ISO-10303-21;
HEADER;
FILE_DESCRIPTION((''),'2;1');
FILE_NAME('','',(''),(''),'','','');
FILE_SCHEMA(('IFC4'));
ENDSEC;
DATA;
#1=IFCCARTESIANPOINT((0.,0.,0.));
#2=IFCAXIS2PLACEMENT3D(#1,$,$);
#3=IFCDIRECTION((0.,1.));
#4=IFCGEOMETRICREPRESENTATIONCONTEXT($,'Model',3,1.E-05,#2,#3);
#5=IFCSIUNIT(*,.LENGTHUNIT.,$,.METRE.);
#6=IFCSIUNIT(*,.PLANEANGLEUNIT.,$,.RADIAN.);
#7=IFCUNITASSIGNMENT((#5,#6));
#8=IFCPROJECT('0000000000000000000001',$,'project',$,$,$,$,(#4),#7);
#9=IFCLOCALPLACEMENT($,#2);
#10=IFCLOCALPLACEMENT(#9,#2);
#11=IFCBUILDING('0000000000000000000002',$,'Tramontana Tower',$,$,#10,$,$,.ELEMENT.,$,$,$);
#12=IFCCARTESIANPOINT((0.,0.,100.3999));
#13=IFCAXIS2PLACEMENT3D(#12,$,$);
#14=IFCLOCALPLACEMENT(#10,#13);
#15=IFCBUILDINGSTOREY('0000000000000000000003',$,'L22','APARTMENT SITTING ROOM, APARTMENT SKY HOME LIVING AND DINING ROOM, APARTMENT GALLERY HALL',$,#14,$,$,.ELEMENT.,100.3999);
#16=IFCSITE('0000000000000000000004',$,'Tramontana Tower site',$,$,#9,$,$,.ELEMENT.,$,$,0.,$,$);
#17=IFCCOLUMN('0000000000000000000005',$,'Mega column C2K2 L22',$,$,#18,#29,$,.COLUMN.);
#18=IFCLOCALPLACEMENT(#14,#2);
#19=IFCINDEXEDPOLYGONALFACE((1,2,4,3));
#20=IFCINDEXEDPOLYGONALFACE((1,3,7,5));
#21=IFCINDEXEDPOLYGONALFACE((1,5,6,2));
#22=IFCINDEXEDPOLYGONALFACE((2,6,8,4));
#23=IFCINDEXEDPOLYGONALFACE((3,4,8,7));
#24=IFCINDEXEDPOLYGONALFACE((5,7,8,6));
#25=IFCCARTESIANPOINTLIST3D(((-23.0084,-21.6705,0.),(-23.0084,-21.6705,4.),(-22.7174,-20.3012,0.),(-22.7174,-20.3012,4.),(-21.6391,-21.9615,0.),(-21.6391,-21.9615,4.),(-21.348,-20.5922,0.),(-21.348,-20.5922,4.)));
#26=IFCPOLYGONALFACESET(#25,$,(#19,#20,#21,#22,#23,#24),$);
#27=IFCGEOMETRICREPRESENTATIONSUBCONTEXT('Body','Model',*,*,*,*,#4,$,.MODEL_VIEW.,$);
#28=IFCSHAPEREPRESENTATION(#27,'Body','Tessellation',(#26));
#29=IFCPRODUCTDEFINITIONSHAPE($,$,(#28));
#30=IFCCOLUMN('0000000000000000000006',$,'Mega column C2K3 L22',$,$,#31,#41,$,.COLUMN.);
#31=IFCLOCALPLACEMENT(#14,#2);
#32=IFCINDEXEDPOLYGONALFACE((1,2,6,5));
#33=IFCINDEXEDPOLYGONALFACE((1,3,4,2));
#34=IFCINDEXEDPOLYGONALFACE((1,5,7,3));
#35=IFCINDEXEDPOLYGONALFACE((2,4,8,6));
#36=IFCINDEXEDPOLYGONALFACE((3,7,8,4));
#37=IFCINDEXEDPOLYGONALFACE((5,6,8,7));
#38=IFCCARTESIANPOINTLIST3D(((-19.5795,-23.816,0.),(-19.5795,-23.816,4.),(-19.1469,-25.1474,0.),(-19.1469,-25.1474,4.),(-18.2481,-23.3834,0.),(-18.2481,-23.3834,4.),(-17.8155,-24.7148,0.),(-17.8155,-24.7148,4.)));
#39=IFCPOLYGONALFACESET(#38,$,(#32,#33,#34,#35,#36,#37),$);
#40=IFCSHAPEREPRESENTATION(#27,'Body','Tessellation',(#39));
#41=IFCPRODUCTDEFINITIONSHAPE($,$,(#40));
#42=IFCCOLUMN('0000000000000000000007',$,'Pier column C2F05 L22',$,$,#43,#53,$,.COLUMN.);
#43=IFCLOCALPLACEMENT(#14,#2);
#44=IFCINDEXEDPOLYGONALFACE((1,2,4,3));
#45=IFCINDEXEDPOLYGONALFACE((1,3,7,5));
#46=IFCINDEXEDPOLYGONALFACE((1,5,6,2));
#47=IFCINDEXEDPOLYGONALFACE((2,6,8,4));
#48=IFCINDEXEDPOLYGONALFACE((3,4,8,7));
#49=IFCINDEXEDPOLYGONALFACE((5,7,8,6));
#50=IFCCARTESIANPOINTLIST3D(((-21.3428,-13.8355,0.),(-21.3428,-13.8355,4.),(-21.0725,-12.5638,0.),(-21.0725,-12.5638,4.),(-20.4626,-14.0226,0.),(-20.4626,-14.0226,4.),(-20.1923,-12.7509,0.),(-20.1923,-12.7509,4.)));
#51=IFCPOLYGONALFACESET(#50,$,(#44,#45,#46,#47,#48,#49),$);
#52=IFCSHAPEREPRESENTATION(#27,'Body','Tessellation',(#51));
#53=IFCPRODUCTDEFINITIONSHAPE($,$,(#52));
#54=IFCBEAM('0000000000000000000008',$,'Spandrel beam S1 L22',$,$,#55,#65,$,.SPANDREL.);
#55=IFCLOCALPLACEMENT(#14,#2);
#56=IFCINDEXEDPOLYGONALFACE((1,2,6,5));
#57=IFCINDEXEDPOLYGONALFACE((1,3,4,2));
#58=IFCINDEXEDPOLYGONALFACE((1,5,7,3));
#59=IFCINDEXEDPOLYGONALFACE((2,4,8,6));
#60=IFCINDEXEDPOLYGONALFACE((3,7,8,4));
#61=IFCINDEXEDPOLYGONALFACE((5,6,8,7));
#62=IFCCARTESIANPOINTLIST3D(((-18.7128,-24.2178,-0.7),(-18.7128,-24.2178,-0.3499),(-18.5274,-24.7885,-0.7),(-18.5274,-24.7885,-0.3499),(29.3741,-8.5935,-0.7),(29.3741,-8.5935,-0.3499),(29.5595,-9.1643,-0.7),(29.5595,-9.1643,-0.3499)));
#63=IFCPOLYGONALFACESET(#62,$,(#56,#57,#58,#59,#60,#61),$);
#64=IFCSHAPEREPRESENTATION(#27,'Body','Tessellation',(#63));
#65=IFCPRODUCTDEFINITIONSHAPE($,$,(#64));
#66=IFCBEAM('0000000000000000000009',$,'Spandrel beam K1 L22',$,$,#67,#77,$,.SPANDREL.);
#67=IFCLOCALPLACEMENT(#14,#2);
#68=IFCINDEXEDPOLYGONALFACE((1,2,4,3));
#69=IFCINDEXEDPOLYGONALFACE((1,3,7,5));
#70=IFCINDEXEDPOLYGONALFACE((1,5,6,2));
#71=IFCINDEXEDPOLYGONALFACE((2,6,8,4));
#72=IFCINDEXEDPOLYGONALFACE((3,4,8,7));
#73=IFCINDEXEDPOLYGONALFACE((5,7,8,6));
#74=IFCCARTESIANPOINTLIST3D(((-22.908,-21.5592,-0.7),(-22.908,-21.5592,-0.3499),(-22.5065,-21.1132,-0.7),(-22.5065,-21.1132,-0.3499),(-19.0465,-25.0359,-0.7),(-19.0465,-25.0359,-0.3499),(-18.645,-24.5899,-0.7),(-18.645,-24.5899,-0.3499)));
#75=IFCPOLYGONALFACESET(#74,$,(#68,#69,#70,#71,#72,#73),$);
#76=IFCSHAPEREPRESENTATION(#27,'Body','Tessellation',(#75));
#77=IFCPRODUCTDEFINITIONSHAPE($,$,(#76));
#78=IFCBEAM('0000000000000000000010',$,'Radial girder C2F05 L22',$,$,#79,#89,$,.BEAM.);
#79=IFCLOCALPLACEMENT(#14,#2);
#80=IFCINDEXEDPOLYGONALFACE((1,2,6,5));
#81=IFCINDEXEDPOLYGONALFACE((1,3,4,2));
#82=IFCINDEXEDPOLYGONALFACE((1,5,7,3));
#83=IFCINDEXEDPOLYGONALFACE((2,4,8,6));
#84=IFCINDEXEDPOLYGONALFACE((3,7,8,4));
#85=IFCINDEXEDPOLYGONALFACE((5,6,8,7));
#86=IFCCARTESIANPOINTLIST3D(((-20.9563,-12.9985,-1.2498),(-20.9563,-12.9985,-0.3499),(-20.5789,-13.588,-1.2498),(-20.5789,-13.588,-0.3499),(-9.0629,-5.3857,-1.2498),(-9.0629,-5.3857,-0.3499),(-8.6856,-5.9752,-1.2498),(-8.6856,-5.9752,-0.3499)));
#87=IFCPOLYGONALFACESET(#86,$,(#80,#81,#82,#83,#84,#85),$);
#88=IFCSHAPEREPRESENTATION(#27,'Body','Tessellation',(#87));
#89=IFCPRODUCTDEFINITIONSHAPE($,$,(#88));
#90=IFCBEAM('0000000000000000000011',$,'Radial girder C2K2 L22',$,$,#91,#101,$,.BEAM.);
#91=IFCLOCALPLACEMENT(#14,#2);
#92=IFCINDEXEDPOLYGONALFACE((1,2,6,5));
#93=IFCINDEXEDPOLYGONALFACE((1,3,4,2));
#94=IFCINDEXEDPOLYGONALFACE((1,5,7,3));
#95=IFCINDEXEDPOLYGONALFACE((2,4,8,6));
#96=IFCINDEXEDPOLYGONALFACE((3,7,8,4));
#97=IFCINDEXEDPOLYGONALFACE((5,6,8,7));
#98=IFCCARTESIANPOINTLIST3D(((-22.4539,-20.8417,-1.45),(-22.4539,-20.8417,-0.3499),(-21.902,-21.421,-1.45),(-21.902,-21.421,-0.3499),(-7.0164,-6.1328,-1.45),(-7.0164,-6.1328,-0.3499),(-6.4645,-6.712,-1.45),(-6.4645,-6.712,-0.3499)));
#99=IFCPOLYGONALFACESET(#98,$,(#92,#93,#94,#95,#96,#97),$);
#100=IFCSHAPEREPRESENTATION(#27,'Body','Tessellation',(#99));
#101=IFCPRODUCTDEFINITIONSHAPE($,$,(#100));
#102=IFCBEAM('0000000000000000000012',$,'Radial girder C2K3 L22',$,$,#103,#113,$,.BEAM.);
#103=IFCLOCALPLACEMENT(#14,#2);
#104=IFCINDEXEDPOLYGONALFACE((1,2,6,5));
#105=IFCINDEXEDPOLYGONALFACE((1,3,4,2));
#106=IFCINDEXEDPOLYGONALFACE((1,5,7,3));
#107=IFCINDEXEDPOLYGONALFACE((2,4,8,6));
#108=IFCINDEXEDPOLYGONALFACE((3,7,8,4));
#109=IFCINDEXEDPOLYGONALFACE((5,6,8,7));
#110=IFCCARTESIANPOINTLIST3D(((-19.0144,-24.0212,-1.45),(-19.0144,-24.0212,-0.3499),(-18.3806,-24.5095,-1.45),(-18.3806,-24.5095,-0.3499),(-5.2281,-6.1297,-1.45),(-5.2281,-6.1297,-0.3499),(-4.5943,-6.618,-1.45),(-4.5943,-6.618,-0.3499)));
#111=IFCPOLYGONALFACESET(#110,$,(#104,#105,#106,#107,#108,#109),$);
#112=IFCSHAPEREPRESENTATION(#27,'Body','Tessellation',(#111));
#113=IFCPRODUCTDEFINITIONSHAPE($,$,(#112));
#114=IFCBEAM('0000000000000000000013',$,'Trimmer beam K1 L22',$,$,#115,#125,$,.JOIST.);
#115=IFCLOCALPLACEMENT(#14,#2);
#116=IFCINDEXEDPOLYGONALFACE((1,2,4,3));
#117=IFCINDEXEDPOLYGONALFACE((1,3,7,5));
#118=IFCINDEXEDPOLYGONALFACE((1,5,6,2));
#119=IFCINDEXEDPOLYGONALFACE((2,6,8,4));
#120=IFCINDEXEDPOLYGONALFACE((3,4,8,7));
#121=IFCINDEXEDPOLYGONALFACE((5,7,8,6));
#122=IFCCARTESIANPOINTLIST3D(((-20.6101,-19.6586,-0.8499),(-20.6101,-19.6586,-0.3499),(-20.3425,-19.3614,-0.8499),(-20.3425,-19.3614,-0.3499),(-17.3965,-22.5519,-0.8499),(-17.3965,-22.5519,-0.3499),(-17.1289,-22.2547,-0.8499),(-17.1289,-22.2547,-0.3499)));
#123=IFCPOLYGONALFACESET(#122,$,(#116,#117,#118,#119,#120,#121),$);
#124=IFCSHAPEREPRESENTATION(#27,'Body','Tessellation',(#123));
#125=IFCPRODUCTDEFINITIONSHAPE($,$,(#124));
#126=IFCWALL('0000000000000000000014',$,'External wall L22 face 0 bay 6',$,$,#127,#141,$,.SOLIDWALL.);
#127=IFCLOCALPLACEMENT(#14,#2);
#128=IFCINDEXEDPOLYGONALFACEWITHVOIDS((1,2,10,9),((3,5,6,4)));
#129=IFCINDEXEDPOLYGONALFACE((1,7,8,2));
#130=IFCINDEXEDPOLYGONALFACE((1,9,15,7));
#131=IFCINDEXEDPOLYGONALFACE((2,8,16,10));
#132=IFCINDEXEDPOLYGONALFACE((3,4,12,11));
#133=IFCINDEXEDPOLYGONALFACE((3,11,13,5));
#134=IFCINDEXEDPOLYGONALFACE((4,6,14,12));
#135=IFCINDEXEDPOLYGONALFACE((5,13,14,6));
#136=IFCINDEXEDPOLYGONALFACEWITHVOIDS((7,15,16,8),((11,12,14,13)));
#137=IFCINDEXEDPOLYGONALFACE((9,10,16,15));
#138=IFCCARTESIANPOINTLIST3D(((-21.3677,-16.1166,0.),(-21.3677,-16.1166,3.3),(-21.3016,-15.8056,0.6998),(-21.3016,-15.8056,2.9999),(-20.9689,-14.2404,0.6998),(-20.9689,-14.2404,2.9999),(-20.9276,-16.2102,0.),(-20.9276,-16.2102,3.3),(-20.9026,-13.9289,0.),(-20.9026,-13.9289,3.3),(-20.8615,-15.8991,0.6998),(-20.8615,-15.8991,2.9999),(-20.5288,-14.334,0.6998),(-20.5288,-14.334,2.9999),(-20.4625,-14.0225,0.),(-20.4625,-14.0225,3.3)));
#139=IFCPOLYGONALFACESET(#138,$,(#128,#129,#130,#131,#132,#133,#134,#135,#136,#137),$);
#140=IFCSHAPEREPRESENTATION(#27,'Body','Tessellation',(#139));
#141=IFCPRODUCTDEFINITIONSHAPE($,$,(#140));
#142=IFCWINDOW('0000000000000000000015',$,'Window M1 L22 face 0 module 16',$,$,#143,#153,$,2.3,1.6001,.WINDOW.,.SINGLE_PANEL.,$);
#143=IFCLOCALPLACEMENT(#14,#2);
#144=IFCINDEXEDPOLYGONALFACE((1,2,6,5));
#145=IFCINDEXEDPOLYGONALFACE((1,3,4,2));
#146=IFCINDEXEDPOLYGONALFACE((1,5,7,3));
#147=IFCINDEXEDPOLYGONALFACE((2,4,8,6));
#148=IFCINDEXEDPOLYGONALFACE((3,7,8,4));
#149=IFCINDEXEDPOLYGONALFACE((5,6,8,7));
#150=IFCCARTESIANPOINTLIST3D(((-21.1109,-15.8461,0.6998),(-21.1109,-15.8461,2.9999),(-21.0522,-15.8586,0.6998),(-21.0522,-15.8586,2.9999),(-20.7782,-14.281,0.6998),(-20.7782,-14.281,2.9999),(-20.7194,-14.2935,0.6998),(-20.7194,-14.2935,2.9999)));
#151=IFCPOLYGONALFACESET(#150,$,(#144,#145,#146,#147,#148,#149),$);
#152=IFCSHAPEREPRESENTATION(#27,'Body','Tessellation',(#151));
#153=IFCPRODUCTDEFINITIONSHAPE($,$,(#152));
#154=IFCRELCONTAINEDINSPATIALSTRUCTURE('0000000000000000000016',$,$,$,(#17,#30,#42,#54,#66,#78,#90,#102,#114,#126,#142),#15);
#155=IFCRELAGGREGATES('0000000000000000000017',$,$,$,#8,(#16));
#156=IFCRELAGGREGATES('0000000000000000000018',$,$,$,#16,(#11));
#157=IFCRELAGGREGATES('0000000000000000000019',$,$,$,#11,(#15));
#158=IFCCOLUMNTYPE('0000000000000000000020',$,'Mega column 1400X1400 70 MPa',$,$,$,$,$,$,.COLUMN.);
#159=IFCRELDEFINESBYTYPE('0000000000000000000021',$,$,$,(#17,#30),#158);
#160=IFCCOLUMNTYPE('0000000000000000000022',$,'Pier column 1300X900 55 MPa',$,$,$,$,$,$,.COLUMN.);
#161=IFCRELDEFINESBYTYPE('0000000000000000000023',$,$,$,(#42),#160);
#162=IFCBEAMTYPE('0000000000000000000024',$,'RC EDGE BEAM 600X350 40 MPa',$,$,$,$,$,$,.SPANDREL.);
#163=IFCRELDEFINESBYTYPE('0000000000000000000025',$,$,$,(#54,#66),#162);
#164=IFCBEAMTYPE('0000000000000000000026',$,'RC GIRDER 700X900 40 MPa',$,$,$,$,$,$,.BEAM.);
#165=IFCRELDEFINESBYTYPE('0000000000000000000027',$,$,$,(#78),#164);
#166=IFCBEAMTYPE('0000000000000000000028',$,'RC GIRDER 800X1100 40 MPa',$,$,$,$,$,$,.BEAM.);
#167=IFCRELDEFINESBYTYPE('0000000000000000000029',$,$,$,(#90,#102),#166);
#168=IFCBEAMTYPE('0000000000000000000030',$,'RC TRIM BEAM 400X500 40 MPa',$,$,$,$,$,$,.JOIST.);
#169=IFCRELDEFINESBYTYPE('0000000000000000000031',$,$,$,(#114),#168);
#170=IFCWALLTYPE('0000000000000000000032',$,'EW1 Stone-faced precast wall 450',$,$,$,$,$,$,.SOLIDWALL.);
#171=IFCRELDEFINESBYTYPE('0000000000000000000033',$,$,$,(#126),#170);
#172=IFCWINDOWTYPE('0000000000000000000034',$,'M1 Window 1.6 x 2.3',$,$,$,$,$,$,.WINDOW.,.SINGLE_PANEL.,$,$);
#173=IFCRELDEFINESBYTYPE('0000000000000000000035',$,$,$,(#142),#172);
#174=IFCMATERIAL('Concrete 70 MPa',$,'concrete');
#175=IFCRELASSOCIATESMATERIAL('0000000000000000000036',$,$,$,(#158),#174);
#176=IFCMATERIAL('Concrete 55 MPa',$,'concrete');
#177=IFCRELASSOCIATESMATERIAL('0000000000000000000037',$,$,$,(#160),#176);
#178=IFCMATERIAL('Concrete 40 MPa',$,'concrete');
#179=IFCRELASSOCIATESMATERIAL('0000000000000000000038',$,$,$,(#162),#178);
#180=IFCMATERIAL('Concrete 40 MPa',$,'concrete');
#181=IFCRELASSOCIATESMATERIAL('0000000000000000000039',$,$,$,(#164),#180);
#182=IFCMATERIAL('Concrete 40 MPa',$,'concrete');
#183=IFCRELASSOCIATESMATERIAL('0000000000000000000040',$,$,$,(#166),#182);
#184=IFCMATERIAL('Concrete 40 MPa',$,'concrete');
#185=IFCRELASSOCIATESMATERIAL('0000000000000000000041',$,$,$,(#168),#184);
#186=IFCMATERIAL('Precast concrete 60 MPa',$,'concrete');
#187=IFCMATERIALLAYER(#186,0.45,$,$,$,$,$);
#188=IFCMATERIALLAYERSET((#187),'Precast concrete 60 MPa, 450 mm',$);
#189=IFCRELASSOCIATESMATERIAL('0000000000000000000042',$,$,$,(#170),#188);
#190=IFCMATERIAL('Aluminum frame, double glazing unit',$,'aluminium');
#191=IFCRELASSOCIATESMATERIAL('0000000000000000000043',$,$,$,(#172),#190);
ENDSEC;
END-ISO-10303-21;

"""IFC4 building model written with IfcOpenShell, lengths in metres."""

from ifc_helpers import new_model, si_unit, direction, frame, frame_2d, origin, origin_2d, place, context, subcontext, project, spatial, rectangle, extrude, material, layer, layer_set, material_profile, profile_set, type_object, element, fill, save


model = new_model("IFC4")

# Units and contexts
model_context = context("Model", 3, precision=1e-05, world=origin(), true_north=direction((0.0, 1.0)))
body_context = subcontext(model_context, "Body", "Model", "MODEL_VIEW")
ifc_project = project(units=[si_unit("LENGTHUNIT", "METRE"), si_unit("PLANEANGLEUNIT", "RADIAN")], contexts=[model_context])

# Site, building, storey
site_placement = place(None, origin())
site = spatial("IfcSite", under=ifc_project, at=site_placement, Name="Tramontana Tower site", CompositionType="ELEMENT", RefElevation=0.0)
building_placement = place(site_placement, origin())
building = spatial("IfcBuilding", under=site, at=building_placement, Name="Tramontana Tower", CompositionType="ELEMENT")
storey_placement = place(building_placement, frame((0.0, 0.0, 100.3999)))
storey = spatial("IfcBuildingStorey", under=building, at=storey_placement, Name="L22", Description="APARTMENT SITTING ROOM, APARTMENT SKY HOME LIVING AND DINING ROOM, APARTMENT GALLERY HALL", CompositionType="ELEMENT", Elevation=100.3999)

# Columns
ifc_material_1 = material(Name="Concrete 70 MPa", Category="concrete")
ifc_material_profile_1 = material_profile(ifc_material_1, rectangle(XDim=1.3999, YDim=1.3999, at=origin_2d()), Name="Mega column 1400X1400 70 MPa")
ifc_profile_set_1 = profile_set([ifc_material_profile_1], Name="Concrete 70 MPa")
column_type_1 = type_object("IfcColumnType", Name="Mega column 1400X1400 70 MPa", PredefinedType="COLUMN", material=ifc_profile_set_1)
for number, where, z_axis, x_axis, name in (
    (1, (-22.1782, -21.1313, 0.0), (0.0, 0.0, 1.0), (-0.207912, -0.978148, 0.0), "Mega column C2K2 L22"),
    (2, (-18.6975, -24.2654, 0.0), (0.0, 0.0, 1.0), (0.951057, 0.309017, 0.0), "Mega column C2K3 L22"),
):
    element("IfcColumn", number, at=place(storey_placement, frame(where, z_axis=z_axis, x_axis=x_axis)), inside=storey, type_object=column_type_1, Name=name, PredefinedType="COLUMN", context=body_context, shape_type="SweptSolid", body=[
        extrude(rectangle(XDim=1.3999, YDim=1.3999, at=origin_2d()), origin(), (0.0, 0.0, 1.0), 4.0),
    ])
ifc_material_2 = material(Name="Concrete 55 MPa", Category="concrete")
ifc_material_profile_2 = material_profile(ifc_material_2, rectangle(XDim=1.3, YDim=0.8999, at=origin_2d()), Name="Pier column 1300X900 55 MPa")
ifc_profile_set_2 = profile_set([ifc_material_profile_2], Name="Concrete 55 MPa")
column_type_2 = type_object("IfcColumnType", Name="Pier column 1300X900 55 MPa", PredefinedType="COLUMN", material=ifc_profile_set_2)
column_placement = place(storey_placement, frame((-20.7676, -13.2932, 0.0), z_axis=(0.0, 0.0, 1.0), x_axis=(-0.207912, -0.978148, 0.0)))
element("IfcColumn", 3, at=column_placement, inside=storey, type_object=column_type_2, Name="Pier column C2F05 L22", PredefinedType="COLUMN", context=body_context, shape_type="SweptSolid", body=[
    extrude(rectangle(XDim=1.3, YDim=0.8999, at=origin_2d()), origin(), (0.0, 0.0, 1.0), 4.0),
])

# Beams
ifc_material_3 = material(Name="Concrete 40 MPa", Category="concrete")
ifc_material_profile_3 = material_profile(ifc_material_3, rectangle(XDim=0.6001, YDim=0.3501, at=origin_2d()), Name="RC EDGE BEAM 600X350 40 MPa")
ifc_profile_set_3 = profile_set([ifc_material_profile_3], Name="Concrete 40 MPa")
beam_type_1 = type_object("IfcBeamType", Name="RC EDGE BEAM 600X350 40 MPa", PredefinedType="SPANDREL", material=ifc_profile_set_3)
beam_1_placement = place(storey_placement, frame((-18.6201, -24.5032, -0.5249), z_axis=(0.951057, 0.309015, 0.0), x_axis=(-0.309015, 0.951057, 0.0)))
element("IfcBeam", 4, at=beam_1_placement, inside=storey, type_object=beam_type_1, Name="Spandrel beam S1 L22", PredefinedType="SPANDREL", context=body_context, shape_type="SweptSolid", body=[
    extrude(rectangle(XDim=0.6001, YDim=0.3501, at=origin_2d()), origin(), (0.0, 0.0, 1.0), 50.5615),
])
beam_2_placement = place(storey_placement, frame((-22.7073, -21.3362, -0.5249), z_axis=(0.743161, -0.669113, 0.0), x_axis=(0.669113, 0.743161, 0.0)))
element("IfcBeam", 5, at=beam_2_placement, inside=storey, type_object=beam_type_1, Name="Spandrel beam K1 L22", PredefinedType="SPANDREL", context=body_context, shape_type="SweptSolid", body=[
    extrude(rectangle(XDim=0.6001, YDim=0.3501, at=origin_2d()), origin(), (0.0, 0.0, 1.0), 5.196),
])
ifc_material_4 = material(Name="Concrete 40 MPa", Category="concrete")
ifc_material_profile_4 = material_profile(ifc_material_4, rectangle(XDim=0.7, YDim=0.8999, at=origin_2d()), Name="RC GIRDER 700X900 40 MPa")
ifc_profile_set_4 = profile_set([ifc_material_profile_4], Name="Concrete 40 MPa")
beam_type_2 = type_object("IfcBeamType", Name="RC GIRDER 700X900 40 MPa", PredefinedType="BEAM", material=ifc_profile_set_4)
beam_3_placement = place(storey_placement, frame((-20.7676, -13.2932, -0.7998), z_axis=(0.842237, 0.539108, 0.0), x_axis=(-0.539108, 0.842237, 0.0)))
element("IfcBeam", 6, at=beam_3_placement, inside=storey, type_object=beam_type_2, Name="Radial girder C2F05 L22", PredefinedType="BEAM", context=body_context, shape_type="SweptSolid", body=[
    extrude(rectangle(XDim=0.7, YDim=0.8999, at=origin_2d()), origin(), (0.0, 0.0, 1.0), 14.1211),
])
ifc_material_5 = material(Name="Concrete 40 MPa", Category="concrete")
ifc_material_profile_5 = material_profile(ifc_material_5, rectangle(XDim=0.8, YDim=1.1001, at=origin_2d()), Name="RC GIRDER 800X1100 40 MPa")
ifc_profile_set_5 = profile_set([ifc_material_profile_5], Name="Concrete 40 MPa")
beam_type_3 = type_object("IfcBeamType", Name="RC GIRDER 800X1100 40 MPa", PredefinedType="BEAM", material=ifc_profile_set_5)
beam_4_placement = place(storey_placement, frame((-22.178, -21.1313, -0.8999), z_axis=(0.723983, 0.689818, 0.0), x_axis=(-0.689818, 0.723983, 0.0)))
element("IfcBeam", 7, at=beam_4_placement, inside=storey, type_object=beam_type_3, Name="Radial girder C2K2 L22", PredefinedType="BEAM", context=body_context, shape_type="SweptSolid", body=[
    extrude(rectangle(XDim=0.8, YDim=1.1001, at=origin_2d()), origin(), (0.0, 0.0, 1.0), 21.323),
])
beam_5_placement = place(storey_placement, frame((-18.6975, -24.2654, -0.8999), z_axis=(0.610367, 0.792119, 0.0), x_axis=(-0.792119, 0.610367, 0.0)))
element("IfcBeam", 8, at=beam_5_placement, inside=storey, type_object=beam_type_3, Name="Radial girder C2K3 L22", PredefinedType="BEAM", context=body_context, shape_type="SweptSolid", body=[
    extrude(rectangle(XDim=0.8, YDim=1.1001, at=origin_2d()), origin(), (0.0, 0.0, 1.0), 22.5869),
])
ifc_material_6 = material(Name="Concrete 40 MPa", Category="concrete")
ifc_material_profile_6 = material_profile(ifc_material_6, rectangle(XDim=0.3999, YDim=0.5, at=origin_2d()), Name="RC TRIM BEAM 400X500 40 MPa")
ifc_profile_set_6 = profile_set([ifc_material_profile_6], Name="Concrete 40 MPa")
beam_type_4 = type_object("IfcBeamType", Name="RC TRIM BEAM 400X500 40 MPa", PredefinedType="JOIST", material=ifc_profile_set_6)
beam_6_placement = place(storey_placement, frame((-20.4763, -19.51, -0.5999), z_axis=(0.743173, -0.669099, 0.0), x_axis=(0.669099, 0.743173, 0.0)))
element("IfcBeam", 9, at=beam_6_placement, inside=storey, type_object=beam_type_4, Name="Trimmer beam K1 L22", PredefinedType="JOIST", context=body_context, shape_type="SweptSolid", body=[
    extrude(rectangle(XDim=0.3999, YDim=0.5, at=origin_2d()), origin(), (0.0, 0.0, 1.0), 4.3242),
])

# Wall, opening, window
ifc_material_7 = material(Name="Precast concrete 60 MPa", Category="concrete")
ifc_layer_1 = layer(ifc_material_7, 0.45)
ifc_layer_set_1 = layer_set([ifc_layer_1], Name="Precast concrete 60 MPa, 450 mm")
wall_type_1 = type_object("IfcWallType", Name="EW1 Stone-faced precast wall 450", PredefinedType="SOLIDWALL", material=ifc_layer_set_1)
wall_1_placement = place(storey_placement, frame((-20.6826, -13.9758, 0.0), z_axis=(0.0, 0.0, 1.0), x_axis=(-0.207941, -0.978141, 0.0)))
wall_1 = element("IfcWall", 10, at=wall_1_placement, inside=storey, type_object=wall_type_1, Name="External wall L22 face 0 bay 6", PredefinedType="SOLIDWALL", context=body_context, shape_type="SweptSolid", body=[
    extrude(rectangle(XDim=2.2366, YDim=0.45, at=frame_2d((1.1182, 0.0))), origin(), (0.0, 0.0, 1.0), 3.3),
])
opening_1_placement = place(wall_1_placement, frame((0.3184, 0.0, 0.7)))
opening_1 = element("IfcOpeningElement", 11, at=opening_1_placement, cuts=wall_1, PredefinedType="OPENING", context=body_context, shape_type="SweptSolid", body=[
    extrude(rectangle(XDim=1.6001, YDim=2.3, at=frame_2d((0.8, 1.1499))), frame((0.0, 0.2349, 0.0), z_axis=(0.0, -1.0, 0.0), x_axis=(1.0, 0.0, 0.0)), (0.0, 0.0, 1.0), 0.47),
])
ifc_material_8 = material(Name="Aluminum frame, double glazing unit", Category="aluminium")
window_type_1 = type_object("IfcWindowType", Name="M1 Window 1.6 x 2.3", PartitioningType="SINGLE_PANEL", PredefinedType="WINDOW", material=ifc_material_8)
window_1_placement = place(opening_1_placement, origin())
window_1 = element("IfcWindow", 12, at=window_1_placement, inside=storey, type_object=window_type_1, Name="Window M1 L22 face 0 module 16", OverallHeight=2.3, OverallWidth=1.6001, PartitioningType="SINGLE_PANEL", PredefinedType="WINDOW", context=body_context, shape_type="SweptSolid", body=[
    extrude(rectangle(XDim=1.6001, YDim=2.3, at=frame_2d((0.8, 1.1499))), frame((0.0, 0.03, 0.0), z_axis=(0.0, -1.0, 0.0), x_axis=(1.0, 0.0, 0.0)), (0.0, 0.0, 1.0), 0.0601),
])
fill(opening_1, window_1)

save(model, "model.ifc")
